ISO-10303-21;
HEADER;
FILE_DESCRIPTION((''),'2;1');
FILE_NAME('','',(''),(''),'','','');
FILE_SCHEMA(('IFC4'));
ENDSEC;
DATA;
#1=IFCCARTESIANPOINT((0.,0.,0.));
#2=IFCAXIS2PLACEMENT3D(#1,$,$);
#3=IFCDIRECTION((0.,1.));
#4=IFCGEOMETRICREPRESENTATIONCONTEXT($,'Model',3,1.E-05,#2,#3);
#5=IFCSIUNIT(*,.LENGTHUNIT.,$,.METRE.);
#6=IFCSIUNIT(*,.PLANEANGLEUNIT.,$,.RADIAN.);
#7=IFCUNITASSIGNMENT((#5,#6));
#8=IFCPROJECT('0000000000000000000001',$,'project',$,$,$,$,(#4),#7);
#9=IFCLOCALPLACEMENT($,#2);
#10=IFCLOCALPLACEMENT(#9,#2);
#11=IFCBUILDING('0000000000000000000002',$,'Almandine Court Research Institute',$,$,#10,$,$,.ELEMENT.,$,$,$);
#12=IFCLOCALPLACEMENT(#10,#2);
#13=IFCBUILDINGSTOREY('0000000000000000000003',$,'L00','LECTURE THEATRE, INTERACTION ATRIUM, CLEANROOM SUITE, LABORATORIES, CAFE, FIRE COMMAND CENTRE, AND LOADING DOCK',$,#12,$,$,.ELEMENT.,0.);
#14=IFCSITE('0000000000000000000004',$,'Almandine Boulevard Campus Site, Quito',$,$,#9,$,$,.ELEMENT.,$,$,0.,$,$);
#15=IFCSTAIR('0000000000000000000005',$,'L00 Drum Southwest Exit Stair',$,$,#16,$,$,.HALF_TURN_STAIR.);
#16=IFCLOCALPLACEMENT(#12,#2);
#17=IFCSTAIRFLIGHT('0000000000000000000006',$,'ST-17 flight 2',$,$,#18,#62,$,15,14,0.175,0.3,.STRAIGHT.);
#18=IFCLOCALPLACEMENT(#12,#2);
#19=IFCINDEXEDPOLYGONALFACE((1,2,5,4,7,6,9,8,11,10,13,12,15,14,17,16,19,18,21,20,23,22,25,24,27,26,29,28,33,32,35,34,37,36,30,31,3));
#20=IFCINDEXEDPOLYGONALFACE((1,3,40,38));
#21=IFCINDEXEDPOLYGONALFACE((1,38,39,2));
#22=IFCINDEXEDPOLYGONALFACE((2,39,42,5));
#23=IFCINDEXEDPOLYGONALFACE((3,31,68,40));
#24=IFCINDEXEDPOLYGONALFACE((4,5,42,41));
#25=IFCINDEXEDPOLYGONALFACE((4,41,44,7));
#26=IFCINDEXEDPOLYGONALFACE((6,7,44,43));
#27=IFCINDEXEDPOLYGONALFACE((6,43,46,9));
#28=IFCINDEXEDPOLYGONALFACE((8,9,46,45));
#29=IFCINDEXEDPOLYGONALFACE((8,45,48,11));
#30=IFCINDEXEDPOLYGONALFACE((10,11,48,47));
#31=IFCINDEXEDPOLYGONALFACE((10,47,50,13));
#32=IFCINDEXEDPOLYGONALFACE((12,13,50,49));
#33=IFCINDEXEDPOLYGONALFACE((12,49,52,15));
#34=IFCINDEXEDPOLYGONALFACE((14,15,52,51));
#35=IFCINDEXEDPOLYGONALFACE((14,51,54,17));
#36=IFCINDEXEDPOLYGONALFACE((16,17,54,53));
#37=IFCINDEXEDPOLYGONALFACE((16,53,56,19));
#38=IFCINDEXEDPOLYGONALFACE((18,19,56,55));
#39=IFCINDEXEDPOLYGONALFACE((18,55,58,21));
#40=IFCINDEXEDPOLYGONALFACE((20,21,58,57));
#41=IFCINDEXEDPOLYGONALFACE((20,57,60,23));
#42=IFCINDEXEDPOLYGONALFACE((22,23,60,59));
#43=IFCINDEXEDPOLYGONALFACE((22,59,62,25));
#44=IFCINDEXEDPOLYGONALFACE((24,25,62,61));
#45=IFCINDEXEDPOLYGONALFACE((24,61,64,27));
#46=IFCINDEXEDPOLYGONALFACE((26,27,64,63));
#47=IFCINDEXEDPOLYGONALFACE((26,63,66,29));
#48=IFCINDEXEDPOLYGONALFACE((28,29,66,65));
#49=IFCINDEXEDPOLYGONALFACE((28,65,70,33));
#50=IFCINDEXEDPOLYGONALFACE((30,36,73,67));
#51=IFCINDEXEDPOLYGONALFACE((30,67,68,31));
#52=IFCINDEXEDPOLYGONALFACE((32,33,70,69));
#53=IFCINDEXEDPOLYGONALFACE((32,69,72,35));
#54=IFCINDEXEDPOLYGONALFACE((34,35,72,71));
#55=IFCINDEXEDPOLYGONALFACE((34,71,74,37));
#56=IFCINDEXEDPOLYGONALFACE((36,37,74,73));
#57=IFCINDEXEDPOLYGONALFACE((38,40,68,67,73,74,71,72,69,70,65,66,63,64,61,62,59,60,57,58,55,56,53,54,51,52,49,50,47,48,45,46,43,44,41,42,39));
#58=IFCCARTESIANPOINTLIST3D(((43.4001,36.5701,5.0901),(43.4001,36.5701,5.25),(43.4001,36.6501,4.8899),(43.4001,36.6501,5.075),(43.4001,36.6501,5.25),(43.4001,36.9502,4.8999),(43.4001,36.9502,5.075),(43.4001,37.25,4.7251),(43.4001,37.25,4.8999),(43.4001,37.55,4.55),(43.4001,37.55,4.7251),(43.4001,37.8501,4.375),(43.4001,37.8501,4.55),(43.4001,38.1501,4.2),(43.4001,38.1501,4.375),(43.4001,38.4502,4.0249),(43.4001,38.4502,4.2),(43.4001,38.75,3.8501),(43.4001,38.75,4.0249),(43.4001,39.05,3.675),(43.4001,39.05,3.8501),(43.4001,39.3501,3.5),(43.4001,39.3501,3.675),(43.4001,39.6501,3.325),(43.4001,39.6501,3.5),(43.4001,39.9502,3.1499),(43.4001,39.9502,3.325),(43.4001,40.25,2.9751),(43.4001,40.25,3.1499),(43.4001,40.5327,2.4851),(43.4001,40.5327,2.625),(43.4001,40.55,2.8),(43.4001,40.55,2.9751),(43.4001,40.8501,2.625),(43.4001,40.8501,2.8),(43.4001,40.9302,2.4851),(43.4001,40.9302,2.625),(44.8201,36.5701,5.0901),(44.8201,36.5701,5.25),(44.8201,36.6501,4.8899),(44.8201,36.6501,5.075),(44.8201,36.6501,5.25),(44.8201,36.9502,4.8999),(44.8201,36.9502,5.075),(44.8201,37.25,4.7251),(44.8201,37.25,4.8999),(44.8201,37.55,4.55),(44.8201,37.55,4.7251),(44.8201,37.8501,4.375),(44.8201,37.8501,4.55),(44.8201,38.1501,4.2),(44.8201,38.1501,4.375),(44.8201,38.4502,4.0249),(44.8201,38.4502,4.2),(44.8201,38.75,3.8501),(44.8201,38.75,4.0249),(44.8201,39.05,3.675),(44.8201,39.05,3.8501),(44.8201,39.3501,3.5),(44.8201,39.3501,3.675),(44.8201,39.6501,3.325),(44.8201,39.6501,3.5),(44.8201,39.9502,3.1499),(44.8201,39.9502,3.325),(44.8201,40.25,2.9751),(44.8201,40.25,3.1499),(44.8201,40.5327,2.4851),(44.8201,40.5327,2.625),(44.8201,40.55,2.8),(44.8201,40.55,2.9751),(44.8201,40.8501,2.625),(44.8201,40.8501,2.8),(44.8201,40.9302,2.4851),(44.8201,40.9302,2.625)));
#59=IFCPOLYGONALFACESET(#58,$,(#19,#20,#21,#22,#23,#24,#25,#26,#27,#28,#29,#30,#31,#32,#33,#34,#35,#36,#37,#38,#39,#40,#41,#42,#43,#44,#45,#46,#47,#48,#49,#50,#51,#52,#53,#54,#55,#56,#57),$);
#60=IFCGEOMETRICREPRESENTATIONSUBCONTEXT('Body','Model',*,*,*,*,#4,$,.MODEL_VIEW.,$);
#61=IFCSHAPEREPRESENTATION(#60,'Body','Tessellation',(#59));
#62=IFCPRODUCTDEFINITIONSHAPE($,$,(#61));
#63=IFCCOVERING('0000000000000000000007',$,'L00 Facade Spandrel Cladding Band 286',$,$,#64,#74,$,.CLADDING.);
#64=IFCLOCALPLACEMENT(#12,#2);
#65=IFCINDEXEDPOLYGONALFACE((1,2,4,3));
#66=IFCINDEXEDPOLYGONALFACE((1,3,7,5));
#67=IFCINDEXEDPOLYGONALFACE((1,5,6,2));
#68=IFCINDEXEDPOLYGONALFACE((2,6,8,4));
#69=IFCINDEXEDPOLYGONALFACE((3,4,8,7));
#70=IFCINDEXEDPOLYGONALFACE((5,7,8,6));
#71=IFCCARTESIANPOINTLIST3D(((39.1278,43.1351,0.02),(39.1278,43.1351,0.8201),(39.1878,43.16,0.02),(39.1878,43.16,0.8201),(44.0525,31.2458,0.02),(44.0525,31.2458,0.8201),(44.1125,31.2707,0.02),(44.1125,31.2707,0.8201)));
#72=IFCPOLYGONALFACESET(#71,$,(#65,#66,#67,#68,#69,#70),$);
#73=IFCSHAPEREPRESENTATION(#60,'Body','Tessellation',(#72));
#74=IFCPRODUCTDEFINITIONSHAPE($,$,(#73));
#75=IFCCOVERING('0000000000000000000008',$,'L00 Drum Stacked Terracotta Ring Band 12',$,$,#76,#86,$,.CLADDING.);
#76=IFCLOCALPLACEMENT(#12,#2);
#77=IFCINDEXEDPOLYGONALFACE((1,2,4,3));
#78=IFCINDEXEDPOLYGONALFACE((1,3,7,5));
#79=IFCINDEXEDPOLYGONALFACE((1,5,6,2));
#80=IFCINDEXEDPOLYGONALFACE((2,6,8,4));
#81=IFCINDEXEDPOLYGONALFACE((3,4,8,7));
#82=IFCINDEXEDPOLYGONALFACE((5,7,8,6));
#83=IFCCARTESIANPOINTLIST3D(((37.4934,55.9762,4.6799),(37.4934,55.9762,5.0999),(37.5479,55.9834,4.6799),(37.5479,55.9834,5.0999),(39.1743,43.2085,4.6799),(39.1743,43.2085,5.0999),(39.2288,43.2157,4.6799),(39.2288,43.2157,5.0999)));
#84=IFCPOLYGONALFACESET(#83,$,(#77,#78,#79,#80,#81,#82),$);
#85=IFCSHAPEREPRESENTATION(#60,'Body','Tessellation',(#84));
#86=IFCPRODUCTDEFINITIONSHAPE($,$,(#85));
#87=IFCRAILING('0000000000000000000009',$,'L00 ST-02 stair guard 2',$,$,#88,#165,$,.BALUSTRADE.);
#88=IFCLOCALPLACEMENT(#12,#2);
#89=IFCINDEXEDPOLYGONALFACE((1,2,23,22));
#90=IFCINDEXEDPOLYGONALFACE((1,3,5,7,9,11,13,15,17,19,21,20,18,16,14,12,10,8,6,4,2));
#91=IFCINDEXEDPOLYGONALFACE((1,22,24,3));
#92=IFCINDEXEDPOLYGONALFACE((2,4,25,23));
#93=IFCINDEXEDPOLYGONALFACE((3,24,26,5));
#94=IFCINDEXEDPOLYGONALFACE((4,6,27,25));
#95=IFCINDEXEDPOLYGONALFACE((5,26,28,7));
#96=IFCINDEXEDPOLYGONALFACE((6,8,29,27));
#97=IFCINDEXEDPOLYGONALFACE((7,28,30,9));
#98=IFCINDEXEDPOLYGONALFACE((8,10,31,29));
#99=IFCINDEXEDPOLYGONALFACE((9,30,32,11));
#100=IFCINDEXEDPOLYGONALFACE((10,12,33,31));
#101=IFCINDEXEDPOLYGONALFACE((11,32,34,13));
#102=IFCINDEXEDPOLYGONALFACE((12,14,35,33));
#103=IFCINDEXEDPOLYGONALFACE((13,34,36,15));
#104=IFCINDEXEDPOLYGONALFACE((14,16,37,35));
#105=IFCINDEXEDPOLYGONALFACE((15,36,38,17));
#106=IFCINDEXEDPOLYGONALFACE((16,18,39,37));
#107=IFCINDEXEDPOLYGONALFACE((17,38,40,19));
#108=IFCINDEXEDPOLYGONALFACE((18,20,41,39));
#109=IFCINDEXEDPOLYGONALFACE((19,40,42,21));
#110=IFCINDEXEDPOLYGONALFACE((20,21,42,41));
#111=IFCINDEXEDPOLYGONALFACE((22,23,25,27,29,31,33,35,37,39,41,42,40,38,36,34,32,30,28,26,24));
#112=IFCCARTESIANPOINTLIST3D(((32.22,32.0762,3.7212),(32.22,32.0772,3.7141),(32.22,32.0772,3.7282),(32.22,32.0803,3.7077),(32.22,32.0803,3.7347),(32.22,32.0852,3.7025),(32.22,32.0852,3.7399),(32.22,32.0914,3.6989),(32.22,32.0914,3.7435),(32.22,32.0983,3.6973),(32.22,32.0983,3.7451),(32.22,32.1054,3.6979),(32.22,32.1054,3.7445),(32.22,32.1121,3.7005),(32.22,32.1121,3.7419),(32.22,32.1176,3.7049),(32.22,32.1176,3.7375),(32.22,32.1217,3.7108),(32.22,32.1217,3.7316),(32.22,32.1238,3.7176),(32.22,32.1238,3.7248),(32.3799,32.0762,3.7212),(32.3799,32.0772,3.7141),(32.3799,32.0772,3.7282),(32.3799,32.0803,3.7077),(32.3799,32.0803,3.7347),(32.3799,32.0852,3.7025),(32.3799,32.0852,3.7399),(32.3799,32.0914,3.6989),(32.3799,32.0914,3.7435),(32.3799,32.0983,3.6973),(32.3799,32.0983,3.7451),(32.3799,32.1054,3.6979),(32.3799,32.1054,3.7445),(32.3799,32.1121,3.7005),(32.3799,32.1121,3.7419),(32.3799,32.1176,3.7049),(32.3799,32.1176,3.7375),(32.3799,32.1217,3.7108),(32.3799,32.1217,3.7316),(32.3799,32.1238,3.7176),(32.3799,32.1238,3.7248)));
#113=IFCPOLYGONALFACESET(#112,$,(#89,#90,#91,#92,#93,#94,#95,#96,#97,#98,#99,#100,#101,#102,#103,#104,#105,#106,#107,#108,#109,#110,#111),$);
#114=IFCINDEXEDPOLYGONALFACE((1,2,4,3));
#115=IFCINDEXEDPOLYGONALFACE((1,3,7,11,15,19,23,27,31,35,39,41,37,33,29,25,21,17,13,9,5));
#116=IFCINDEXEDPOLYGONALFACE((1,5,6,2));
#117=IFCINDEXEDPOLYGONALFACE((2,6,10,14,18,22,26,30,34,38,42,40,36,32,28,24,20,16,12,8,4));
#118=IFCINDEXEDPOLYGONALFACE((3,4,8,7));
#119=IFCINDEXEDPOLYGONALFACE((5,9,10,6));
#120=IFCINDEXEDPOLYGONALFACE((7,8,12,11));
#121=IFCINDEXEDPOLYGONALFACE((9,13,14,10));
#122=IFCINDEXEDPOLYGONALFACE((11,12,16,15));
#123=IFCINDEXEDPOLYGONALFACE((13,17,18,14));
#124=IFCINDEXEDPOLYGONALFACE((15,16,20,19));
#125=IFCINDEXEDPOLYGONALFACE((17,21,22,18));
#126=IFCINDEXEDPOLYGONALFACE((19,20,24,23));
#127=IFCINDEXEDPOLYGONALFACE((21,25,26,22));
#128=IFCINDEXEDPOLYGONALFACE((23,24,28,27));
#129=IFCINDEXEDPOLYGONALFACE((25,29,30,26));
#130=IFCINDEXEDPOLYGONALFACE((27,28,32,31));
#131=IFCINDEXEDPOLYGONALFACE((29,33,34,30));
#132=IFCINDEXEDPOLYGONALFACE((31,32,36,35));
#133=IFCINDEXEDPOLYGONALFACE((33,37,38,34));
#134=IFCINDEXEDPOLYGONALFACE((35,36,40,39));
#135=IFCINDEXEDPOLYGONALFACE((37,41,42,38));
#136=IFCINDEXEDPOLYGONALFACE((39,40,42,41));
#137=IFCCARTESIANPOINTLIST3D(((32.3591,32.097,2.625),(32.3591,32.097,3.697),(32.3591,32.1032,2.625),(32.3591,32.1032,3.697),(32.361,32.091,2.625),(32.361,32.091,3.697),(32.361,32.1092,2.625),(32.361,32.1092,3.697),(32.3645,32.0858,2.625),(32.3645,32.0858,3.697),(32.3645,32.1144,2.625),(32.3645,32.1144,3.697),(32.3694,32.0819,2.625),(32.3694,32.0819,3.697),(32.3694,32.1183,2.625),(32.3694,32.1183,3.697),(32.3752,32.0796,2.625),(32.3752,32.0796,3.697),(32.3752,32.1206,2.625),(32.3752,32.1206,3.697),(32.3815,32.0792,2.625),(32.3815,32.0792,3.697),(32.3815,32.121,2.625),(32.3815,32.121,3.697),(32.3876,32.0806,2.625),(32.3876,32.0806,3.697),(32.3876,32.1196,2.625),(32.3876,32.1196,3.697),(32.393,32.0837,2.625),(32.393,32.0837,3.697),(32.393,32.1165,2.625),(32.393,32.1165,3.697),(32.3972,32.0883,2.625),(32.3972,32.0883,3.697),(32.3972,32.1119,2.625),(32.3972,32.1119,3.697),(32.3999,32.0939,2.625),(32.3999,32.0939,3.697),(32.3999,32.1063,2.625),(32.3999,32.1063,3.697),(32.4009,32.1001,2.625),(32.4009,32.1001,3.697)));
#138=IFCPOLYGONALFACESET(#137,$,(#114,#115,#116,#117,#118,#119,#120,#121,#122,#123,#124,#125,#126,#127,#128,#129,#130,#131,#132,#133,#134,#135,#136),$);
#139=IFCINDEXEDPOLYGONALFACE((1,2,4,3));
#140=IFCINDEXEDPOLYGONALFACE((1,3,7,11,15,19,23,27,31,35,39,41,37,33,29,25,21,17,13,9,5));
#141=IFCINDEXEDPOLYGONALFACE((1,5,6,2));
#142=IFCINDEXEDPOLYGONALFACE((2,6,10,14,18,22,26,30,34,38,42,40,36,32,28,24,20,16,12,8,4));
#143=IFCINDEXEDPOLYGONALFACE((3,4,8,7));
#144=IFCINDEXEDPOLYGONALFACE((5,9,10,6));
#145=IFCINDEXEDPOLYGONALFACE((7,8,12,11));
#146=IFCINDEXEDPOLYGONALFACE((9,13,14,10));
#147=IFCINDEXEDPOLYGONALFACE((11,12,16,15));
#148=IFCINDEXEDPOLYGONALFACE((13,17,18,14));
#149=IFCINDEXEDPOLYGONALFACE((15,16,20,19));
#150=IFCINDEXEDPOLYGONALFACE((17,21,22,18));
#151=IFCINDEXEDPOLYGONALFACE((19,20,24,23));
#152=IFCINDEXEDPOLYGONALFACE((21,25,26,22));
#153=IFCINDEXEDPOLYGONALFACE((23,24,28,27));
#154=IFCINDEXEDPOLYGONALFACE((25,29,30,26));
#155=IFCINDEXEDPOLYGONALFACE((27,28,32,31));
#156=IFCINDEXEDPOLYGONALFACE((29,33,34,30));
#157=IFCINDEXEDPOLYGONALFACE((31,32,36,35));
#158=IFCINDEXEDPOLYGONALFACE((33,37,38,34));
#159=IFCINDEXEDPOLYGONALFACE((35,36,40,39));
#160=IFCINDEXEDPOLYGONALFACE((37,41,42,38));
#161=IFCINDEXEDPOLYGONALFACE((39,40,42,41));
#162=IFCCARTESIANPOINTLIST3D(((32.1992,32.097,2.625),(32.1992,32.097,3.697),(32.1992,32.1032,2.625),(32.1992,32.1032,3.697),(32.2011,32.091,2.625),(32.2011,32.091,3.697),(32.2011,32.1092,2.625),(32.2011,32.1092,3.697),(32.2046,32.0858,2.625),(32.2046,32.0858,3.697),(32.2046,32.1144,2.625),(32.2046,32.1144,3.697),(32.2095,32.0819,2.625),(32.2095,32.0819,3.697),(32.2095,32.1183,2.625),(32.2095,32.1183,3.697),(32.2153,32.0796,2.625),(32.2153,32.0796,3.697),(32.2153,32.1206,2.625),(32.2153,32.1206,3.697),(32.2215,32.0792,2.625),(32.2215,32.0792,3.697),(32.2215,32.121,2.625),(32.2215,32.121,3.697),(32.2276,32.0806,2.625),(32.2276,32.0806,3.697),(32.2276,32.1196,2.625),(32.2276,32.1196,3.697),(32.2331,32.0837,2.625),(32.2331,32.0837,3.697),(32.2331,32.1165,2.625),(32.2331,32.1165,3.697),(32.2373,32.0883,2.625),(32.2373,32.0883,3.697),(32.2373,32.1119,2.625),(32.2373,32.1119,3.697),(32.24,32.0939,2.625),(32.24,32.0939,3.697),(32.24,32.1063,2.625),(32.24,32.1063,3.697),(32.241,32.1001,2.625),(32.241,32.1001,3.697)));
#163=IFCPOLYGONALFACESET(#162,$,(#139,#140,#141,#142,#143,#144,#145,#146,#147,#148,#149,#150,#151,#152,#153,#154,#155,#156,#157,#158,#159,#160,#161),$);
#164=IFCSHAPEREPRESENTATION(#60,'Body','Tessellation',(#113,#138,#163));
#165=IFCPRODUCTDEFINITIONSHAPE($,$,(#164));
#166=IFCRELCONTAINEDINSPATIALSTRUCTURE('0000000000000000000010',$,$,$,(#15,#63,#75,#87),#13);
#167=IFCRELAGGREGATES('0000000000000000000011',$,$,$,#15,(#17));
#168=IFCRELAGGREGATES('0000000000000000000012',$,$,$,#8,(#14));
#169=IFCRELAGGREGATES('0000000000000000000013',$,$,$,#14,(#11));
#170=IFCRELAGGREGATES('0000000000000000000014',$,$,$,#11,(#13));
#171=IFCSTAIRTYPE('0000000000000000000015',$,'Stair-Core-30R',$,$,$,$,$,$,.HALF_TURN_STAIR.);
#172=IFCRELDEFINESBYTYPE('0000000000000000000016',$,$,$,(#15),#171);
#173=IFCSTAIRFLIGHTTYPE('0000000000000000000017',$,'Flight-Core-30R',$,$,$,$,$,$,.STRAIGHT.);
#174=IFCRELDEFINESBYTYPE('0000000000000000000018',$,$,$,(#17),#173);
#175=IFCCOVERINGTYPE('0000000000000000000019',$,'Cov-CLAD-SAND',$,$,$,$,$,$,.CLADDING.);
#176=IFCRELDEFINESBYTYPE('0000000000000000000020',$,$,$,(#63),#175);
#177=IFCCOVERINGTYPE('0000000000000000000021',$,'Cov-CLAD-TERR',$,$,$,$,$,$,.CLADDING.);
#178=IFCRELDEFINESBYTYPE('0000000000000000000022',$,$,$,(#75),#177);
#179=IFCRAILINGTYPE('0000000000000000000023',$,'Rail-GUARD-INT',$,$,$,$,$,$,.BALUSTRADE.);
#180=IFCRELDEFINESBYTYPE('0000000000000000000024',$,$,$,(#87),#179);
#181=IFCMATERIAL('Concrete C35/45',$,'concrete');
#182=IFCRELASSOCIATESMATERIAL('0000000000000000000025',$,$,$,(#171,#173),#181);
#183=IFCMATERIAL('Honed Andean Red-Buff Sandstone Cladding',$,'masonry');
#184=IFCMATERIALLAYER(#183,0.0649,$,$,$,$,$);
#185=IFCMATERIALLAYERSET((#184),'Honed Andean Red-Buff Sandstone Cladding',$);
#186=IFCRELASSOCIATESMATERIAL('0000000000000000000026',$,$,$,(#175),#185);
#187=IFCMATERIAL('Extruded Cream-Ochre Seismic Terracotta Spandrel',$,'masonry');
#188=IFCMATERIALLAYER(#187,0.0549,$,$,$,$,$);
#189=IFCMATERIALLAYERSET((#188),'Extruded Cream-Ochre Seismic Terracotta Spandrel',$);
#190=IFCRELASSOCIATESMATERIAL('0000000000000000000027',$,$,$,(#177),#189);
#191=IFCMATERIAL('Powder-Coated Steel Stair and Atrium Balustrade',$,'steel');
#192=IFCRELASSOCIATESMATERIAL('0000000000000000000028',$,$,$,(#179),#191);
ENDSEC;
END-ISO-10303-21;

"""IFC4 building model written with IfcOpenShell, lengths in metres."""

from ifc_helpers import new_model, si_unit, direction, frame, origin, origin_2d, place, context, subcontext, project, spatial, polyline, rectangle, circle, outline, extrude, material, layer, layer_set, type_object, element, aggregate, save


model = new_model("IFC4")

# Units and contexts
model_context = context("Model", 3, precision=1e-05, world=origin(), true_north=direction((0.0, 1.0)))
body_context = subcontext(model_context, "Body", "Model", "MODEL_VIEW")
ifc_project = project(units=[si_unit("LENGTHUNIT", "METRE"), si_unit("PLANEANGLEUNIT", "RADIAN")], contexts=[model_context])

# Site, building, storey
site_placement = place(None, origin())
site = spatial("IfcSite", under=ifc_project, at=site_placement, Name="Almandine Boulevard Campus Site, Quito", CompositionType="ELEMENT", RefElevation=0.0)
building_placement = place(site_placement, origin())
building = spatial("IfcBuilding", under=site, at=building_placement, Name="Almandine Court Research Institute", CompositionType="ELEMENT")
storey_placement = place(building_placement, origin())
storey = spatial("IfcBuildingStorey", under=building, at=storey_placement, Name="L00", Description="LECTURE THEATRE, INTERACTION ATRIUM, CLEANROOM SUITE, LABORATORIES, CAFE, FIRE COMMAND CENTRE, AND LOADING DOCK", CompositionType="ELEMENT", Elevation=0.0)

# Stair, stair flight
ifc_material_1 = material(Name="Concrete C35/45", Category="concrete")
stair_type = type_object("IfcStairType", Name="Stair-Core-30R", PredefinedType="HALF_TURN_STAIR", material=ifc_material_1)
stair_flight_type = type_object("IfcStairFlightType", Name="Flight-Core-30R", PredefinedType="STRAIGHT", material=ifc_material_1)
stair_1_placement = place(storey_placement, origin())
stair_1 = element("IfcStair", 1, at=stair_1_placement, inside=storey, type_object=stair_type, Name="L00 Drum Southwest Exit Stair", PredefinedType="HALF_TURN_STAIR")
stair_flight_1_placement = place(storey_placement, frame((44.1101, 40.8501, 2.625), z_axis=(0.0, 0.0, 1.0), x_axis=(0.0, -1.0, 0.0)))
stair_flight_1 = element("IfcStairFlight", 2, at=stair_flight_1_placement, type_object=stair_flight_type, Name="ST-17 flight 2", NumberOfRisers=15, NumberOfTreads=14, PredefinedType="STRAIGHT", RiserHeight=0.175, TreadLength=0.3, context=body_context, shape_type="SweptSolid", body=[
    extrude(outline(polyline([(-0.0801, -0.1399), (-0.0801, 0.0), (0.0, 0.0), (0.0, 0.175), (0.3, 0.175), (0.3, 0.3501), (0.6001, 0.3501), (0.6001, 0.5249), (0.8999, 0.5249), (0.8999, 0.7), (1.2, 0.7), (1.2, 0.875), (1.5, 0.875), (1.5, 1.05), (1.8, 1.05), (1.8, 1.2251), (2.1001, 1.2251), (2.1001, 1.3999), (2.3999, 1.3999), (2.3999, 1.575), (2.7, 1.575), (2.7, 1.75), (3.0, 1.75), (3.0, 1.925), (3.3, 1.925), (3.3, 2.1001), (3.6001, 2.1001), (3.6001, 2.2749), (3.8999, 2.2749), (3.8999, 2.45), (4.2, 2.45), (4.2, 2.625), (4.28, 2.625), (4.28, 2.4651), (4.2, 2.2649), (0.3174, 0.0), (0.3174, -0.1399), (-0.0801, -0.1399)])), frame((0.0, 0.71, 0.0), z_axis=(0.0, -1.0, 0.0), x_axis=(1.0, 0.0, 0.0)), (0.0, 0.0, 1.0), 1.4199),
])
aggregate(stair_1, [stair_flight_1])

# Coverings
ifc_material_2 = material(Name="Honed Andean Red-Buff Sandstone Cladding", Category="masonry")
ifc_layer_1 = layer(ifc_material_2, 0.0649)
ifc_layer_set_1 = layer_set([ifc_layer_1], Name="Honed Andean Red-Buff Sandstone Cladding")
covering_type_1 = type_object("IfcCoveringType", Name="Cov-CLAD-SAND", PredefinedType="CLADDING", material=ifc_layer_set_1)
covering_1_placement = place(storey_placement, frame((41.6201, 37.2029, 0.02), z_axis=(0.0, 0.0, 1.0), x_axis=(-0.382683, 0.92388, 0.0)))
element("IfcCovering", 3, at=covering_1_placement, inside=storey, type_object=covering_type_1, Name="L00 Facade Spandrel Cladding Band 286", PredefinedType="CLADDING", context=body_context, shape_type="SweptSolid", body=[
    extrude(rectangle(XDim=12.8689, YDim=0.0649, at=origin_2d()), origin(), (0.0, 0.0, 1.0), 0.8),
])
ifc_material_3 = material(Name="Extruded Cream-Ochre Seismic Terracotta Spandrel", Category="masonry")
ifc_layer_2 = layer(ifc_material_3, 0.0549)
ifc_layer_set_2 = layer_set([ifc_layer_2], Name="Extruded Cream-Ochre Seismic Terracotta Spandrel")
covering_type_2 = type_object("IfcCoveringType", Name="Cov-CLAD-TERR", PredefinedType="CLADDING", material=ifc_layer_set_2)
covering_2_placement = place(storey_placement, frame((38.3611, 49.5959, 4.6799), z_axis=(0.0, 0.0, 1.0), x_axis=(-0.130526, 0.991445, 0.0)))
element("IfcCovering", 4, at=covering_2_placement, inside=storey, type_object=covering_type_2, Name="L00 Drum Stacked Terracotta Ring Band 12", PredefinedType="CLADDING", context=body_context, shape_type="SweptSolid", body=[
    extrude(rectangle(XDim=12.8779, YDim=0.0549, at=origin_2d()), origin(), (0.0, 0.0, 1.0), 0.4199),
])

# Railing
ifc_material_4 = material(Name="Powder-Coated Steel Stair and Atrium Balustrade", Category="steel")
railing_type_1 = type_object("IfcRailingType", Name="Rail-GUARD-INT", PredefinedType="BALUSTRADE", material=ifc_material_4)
railing_1_placement = place(storey_placement, frame((32.3799, 32.1001, 2.625)))
element("IfcRailing", 5, at=railing_1_placement, inside=storey, type_object=railing_type_1, Name="L00 ST-02 stair guard 2", PredefinedType="BALUSTRADE", context=body_context, shape_type="SweptSolid", body=[
    extrude(circle(Radius=0.0239, at=origin_2d()), frame((0.0, 0.0, 1.0962), z_axis=(-1.0, 0.0, 0.0), x_axis=(0.0, -1.0, 0.0)), (0.0, 0.0, 1.0), 0.1599),
    extrude(circle(Radius=0.021, at=origin_2d()), origin(), (0.0, 0.0, 1.0), 1.072),
    extrude(circle(Radius=0.021, at=origin_2d()), frame((-0.1599, 0.0, 0.0)), (0.0, 0.0, 1.0), 1.072),
])

save(model, "model.ifc")
